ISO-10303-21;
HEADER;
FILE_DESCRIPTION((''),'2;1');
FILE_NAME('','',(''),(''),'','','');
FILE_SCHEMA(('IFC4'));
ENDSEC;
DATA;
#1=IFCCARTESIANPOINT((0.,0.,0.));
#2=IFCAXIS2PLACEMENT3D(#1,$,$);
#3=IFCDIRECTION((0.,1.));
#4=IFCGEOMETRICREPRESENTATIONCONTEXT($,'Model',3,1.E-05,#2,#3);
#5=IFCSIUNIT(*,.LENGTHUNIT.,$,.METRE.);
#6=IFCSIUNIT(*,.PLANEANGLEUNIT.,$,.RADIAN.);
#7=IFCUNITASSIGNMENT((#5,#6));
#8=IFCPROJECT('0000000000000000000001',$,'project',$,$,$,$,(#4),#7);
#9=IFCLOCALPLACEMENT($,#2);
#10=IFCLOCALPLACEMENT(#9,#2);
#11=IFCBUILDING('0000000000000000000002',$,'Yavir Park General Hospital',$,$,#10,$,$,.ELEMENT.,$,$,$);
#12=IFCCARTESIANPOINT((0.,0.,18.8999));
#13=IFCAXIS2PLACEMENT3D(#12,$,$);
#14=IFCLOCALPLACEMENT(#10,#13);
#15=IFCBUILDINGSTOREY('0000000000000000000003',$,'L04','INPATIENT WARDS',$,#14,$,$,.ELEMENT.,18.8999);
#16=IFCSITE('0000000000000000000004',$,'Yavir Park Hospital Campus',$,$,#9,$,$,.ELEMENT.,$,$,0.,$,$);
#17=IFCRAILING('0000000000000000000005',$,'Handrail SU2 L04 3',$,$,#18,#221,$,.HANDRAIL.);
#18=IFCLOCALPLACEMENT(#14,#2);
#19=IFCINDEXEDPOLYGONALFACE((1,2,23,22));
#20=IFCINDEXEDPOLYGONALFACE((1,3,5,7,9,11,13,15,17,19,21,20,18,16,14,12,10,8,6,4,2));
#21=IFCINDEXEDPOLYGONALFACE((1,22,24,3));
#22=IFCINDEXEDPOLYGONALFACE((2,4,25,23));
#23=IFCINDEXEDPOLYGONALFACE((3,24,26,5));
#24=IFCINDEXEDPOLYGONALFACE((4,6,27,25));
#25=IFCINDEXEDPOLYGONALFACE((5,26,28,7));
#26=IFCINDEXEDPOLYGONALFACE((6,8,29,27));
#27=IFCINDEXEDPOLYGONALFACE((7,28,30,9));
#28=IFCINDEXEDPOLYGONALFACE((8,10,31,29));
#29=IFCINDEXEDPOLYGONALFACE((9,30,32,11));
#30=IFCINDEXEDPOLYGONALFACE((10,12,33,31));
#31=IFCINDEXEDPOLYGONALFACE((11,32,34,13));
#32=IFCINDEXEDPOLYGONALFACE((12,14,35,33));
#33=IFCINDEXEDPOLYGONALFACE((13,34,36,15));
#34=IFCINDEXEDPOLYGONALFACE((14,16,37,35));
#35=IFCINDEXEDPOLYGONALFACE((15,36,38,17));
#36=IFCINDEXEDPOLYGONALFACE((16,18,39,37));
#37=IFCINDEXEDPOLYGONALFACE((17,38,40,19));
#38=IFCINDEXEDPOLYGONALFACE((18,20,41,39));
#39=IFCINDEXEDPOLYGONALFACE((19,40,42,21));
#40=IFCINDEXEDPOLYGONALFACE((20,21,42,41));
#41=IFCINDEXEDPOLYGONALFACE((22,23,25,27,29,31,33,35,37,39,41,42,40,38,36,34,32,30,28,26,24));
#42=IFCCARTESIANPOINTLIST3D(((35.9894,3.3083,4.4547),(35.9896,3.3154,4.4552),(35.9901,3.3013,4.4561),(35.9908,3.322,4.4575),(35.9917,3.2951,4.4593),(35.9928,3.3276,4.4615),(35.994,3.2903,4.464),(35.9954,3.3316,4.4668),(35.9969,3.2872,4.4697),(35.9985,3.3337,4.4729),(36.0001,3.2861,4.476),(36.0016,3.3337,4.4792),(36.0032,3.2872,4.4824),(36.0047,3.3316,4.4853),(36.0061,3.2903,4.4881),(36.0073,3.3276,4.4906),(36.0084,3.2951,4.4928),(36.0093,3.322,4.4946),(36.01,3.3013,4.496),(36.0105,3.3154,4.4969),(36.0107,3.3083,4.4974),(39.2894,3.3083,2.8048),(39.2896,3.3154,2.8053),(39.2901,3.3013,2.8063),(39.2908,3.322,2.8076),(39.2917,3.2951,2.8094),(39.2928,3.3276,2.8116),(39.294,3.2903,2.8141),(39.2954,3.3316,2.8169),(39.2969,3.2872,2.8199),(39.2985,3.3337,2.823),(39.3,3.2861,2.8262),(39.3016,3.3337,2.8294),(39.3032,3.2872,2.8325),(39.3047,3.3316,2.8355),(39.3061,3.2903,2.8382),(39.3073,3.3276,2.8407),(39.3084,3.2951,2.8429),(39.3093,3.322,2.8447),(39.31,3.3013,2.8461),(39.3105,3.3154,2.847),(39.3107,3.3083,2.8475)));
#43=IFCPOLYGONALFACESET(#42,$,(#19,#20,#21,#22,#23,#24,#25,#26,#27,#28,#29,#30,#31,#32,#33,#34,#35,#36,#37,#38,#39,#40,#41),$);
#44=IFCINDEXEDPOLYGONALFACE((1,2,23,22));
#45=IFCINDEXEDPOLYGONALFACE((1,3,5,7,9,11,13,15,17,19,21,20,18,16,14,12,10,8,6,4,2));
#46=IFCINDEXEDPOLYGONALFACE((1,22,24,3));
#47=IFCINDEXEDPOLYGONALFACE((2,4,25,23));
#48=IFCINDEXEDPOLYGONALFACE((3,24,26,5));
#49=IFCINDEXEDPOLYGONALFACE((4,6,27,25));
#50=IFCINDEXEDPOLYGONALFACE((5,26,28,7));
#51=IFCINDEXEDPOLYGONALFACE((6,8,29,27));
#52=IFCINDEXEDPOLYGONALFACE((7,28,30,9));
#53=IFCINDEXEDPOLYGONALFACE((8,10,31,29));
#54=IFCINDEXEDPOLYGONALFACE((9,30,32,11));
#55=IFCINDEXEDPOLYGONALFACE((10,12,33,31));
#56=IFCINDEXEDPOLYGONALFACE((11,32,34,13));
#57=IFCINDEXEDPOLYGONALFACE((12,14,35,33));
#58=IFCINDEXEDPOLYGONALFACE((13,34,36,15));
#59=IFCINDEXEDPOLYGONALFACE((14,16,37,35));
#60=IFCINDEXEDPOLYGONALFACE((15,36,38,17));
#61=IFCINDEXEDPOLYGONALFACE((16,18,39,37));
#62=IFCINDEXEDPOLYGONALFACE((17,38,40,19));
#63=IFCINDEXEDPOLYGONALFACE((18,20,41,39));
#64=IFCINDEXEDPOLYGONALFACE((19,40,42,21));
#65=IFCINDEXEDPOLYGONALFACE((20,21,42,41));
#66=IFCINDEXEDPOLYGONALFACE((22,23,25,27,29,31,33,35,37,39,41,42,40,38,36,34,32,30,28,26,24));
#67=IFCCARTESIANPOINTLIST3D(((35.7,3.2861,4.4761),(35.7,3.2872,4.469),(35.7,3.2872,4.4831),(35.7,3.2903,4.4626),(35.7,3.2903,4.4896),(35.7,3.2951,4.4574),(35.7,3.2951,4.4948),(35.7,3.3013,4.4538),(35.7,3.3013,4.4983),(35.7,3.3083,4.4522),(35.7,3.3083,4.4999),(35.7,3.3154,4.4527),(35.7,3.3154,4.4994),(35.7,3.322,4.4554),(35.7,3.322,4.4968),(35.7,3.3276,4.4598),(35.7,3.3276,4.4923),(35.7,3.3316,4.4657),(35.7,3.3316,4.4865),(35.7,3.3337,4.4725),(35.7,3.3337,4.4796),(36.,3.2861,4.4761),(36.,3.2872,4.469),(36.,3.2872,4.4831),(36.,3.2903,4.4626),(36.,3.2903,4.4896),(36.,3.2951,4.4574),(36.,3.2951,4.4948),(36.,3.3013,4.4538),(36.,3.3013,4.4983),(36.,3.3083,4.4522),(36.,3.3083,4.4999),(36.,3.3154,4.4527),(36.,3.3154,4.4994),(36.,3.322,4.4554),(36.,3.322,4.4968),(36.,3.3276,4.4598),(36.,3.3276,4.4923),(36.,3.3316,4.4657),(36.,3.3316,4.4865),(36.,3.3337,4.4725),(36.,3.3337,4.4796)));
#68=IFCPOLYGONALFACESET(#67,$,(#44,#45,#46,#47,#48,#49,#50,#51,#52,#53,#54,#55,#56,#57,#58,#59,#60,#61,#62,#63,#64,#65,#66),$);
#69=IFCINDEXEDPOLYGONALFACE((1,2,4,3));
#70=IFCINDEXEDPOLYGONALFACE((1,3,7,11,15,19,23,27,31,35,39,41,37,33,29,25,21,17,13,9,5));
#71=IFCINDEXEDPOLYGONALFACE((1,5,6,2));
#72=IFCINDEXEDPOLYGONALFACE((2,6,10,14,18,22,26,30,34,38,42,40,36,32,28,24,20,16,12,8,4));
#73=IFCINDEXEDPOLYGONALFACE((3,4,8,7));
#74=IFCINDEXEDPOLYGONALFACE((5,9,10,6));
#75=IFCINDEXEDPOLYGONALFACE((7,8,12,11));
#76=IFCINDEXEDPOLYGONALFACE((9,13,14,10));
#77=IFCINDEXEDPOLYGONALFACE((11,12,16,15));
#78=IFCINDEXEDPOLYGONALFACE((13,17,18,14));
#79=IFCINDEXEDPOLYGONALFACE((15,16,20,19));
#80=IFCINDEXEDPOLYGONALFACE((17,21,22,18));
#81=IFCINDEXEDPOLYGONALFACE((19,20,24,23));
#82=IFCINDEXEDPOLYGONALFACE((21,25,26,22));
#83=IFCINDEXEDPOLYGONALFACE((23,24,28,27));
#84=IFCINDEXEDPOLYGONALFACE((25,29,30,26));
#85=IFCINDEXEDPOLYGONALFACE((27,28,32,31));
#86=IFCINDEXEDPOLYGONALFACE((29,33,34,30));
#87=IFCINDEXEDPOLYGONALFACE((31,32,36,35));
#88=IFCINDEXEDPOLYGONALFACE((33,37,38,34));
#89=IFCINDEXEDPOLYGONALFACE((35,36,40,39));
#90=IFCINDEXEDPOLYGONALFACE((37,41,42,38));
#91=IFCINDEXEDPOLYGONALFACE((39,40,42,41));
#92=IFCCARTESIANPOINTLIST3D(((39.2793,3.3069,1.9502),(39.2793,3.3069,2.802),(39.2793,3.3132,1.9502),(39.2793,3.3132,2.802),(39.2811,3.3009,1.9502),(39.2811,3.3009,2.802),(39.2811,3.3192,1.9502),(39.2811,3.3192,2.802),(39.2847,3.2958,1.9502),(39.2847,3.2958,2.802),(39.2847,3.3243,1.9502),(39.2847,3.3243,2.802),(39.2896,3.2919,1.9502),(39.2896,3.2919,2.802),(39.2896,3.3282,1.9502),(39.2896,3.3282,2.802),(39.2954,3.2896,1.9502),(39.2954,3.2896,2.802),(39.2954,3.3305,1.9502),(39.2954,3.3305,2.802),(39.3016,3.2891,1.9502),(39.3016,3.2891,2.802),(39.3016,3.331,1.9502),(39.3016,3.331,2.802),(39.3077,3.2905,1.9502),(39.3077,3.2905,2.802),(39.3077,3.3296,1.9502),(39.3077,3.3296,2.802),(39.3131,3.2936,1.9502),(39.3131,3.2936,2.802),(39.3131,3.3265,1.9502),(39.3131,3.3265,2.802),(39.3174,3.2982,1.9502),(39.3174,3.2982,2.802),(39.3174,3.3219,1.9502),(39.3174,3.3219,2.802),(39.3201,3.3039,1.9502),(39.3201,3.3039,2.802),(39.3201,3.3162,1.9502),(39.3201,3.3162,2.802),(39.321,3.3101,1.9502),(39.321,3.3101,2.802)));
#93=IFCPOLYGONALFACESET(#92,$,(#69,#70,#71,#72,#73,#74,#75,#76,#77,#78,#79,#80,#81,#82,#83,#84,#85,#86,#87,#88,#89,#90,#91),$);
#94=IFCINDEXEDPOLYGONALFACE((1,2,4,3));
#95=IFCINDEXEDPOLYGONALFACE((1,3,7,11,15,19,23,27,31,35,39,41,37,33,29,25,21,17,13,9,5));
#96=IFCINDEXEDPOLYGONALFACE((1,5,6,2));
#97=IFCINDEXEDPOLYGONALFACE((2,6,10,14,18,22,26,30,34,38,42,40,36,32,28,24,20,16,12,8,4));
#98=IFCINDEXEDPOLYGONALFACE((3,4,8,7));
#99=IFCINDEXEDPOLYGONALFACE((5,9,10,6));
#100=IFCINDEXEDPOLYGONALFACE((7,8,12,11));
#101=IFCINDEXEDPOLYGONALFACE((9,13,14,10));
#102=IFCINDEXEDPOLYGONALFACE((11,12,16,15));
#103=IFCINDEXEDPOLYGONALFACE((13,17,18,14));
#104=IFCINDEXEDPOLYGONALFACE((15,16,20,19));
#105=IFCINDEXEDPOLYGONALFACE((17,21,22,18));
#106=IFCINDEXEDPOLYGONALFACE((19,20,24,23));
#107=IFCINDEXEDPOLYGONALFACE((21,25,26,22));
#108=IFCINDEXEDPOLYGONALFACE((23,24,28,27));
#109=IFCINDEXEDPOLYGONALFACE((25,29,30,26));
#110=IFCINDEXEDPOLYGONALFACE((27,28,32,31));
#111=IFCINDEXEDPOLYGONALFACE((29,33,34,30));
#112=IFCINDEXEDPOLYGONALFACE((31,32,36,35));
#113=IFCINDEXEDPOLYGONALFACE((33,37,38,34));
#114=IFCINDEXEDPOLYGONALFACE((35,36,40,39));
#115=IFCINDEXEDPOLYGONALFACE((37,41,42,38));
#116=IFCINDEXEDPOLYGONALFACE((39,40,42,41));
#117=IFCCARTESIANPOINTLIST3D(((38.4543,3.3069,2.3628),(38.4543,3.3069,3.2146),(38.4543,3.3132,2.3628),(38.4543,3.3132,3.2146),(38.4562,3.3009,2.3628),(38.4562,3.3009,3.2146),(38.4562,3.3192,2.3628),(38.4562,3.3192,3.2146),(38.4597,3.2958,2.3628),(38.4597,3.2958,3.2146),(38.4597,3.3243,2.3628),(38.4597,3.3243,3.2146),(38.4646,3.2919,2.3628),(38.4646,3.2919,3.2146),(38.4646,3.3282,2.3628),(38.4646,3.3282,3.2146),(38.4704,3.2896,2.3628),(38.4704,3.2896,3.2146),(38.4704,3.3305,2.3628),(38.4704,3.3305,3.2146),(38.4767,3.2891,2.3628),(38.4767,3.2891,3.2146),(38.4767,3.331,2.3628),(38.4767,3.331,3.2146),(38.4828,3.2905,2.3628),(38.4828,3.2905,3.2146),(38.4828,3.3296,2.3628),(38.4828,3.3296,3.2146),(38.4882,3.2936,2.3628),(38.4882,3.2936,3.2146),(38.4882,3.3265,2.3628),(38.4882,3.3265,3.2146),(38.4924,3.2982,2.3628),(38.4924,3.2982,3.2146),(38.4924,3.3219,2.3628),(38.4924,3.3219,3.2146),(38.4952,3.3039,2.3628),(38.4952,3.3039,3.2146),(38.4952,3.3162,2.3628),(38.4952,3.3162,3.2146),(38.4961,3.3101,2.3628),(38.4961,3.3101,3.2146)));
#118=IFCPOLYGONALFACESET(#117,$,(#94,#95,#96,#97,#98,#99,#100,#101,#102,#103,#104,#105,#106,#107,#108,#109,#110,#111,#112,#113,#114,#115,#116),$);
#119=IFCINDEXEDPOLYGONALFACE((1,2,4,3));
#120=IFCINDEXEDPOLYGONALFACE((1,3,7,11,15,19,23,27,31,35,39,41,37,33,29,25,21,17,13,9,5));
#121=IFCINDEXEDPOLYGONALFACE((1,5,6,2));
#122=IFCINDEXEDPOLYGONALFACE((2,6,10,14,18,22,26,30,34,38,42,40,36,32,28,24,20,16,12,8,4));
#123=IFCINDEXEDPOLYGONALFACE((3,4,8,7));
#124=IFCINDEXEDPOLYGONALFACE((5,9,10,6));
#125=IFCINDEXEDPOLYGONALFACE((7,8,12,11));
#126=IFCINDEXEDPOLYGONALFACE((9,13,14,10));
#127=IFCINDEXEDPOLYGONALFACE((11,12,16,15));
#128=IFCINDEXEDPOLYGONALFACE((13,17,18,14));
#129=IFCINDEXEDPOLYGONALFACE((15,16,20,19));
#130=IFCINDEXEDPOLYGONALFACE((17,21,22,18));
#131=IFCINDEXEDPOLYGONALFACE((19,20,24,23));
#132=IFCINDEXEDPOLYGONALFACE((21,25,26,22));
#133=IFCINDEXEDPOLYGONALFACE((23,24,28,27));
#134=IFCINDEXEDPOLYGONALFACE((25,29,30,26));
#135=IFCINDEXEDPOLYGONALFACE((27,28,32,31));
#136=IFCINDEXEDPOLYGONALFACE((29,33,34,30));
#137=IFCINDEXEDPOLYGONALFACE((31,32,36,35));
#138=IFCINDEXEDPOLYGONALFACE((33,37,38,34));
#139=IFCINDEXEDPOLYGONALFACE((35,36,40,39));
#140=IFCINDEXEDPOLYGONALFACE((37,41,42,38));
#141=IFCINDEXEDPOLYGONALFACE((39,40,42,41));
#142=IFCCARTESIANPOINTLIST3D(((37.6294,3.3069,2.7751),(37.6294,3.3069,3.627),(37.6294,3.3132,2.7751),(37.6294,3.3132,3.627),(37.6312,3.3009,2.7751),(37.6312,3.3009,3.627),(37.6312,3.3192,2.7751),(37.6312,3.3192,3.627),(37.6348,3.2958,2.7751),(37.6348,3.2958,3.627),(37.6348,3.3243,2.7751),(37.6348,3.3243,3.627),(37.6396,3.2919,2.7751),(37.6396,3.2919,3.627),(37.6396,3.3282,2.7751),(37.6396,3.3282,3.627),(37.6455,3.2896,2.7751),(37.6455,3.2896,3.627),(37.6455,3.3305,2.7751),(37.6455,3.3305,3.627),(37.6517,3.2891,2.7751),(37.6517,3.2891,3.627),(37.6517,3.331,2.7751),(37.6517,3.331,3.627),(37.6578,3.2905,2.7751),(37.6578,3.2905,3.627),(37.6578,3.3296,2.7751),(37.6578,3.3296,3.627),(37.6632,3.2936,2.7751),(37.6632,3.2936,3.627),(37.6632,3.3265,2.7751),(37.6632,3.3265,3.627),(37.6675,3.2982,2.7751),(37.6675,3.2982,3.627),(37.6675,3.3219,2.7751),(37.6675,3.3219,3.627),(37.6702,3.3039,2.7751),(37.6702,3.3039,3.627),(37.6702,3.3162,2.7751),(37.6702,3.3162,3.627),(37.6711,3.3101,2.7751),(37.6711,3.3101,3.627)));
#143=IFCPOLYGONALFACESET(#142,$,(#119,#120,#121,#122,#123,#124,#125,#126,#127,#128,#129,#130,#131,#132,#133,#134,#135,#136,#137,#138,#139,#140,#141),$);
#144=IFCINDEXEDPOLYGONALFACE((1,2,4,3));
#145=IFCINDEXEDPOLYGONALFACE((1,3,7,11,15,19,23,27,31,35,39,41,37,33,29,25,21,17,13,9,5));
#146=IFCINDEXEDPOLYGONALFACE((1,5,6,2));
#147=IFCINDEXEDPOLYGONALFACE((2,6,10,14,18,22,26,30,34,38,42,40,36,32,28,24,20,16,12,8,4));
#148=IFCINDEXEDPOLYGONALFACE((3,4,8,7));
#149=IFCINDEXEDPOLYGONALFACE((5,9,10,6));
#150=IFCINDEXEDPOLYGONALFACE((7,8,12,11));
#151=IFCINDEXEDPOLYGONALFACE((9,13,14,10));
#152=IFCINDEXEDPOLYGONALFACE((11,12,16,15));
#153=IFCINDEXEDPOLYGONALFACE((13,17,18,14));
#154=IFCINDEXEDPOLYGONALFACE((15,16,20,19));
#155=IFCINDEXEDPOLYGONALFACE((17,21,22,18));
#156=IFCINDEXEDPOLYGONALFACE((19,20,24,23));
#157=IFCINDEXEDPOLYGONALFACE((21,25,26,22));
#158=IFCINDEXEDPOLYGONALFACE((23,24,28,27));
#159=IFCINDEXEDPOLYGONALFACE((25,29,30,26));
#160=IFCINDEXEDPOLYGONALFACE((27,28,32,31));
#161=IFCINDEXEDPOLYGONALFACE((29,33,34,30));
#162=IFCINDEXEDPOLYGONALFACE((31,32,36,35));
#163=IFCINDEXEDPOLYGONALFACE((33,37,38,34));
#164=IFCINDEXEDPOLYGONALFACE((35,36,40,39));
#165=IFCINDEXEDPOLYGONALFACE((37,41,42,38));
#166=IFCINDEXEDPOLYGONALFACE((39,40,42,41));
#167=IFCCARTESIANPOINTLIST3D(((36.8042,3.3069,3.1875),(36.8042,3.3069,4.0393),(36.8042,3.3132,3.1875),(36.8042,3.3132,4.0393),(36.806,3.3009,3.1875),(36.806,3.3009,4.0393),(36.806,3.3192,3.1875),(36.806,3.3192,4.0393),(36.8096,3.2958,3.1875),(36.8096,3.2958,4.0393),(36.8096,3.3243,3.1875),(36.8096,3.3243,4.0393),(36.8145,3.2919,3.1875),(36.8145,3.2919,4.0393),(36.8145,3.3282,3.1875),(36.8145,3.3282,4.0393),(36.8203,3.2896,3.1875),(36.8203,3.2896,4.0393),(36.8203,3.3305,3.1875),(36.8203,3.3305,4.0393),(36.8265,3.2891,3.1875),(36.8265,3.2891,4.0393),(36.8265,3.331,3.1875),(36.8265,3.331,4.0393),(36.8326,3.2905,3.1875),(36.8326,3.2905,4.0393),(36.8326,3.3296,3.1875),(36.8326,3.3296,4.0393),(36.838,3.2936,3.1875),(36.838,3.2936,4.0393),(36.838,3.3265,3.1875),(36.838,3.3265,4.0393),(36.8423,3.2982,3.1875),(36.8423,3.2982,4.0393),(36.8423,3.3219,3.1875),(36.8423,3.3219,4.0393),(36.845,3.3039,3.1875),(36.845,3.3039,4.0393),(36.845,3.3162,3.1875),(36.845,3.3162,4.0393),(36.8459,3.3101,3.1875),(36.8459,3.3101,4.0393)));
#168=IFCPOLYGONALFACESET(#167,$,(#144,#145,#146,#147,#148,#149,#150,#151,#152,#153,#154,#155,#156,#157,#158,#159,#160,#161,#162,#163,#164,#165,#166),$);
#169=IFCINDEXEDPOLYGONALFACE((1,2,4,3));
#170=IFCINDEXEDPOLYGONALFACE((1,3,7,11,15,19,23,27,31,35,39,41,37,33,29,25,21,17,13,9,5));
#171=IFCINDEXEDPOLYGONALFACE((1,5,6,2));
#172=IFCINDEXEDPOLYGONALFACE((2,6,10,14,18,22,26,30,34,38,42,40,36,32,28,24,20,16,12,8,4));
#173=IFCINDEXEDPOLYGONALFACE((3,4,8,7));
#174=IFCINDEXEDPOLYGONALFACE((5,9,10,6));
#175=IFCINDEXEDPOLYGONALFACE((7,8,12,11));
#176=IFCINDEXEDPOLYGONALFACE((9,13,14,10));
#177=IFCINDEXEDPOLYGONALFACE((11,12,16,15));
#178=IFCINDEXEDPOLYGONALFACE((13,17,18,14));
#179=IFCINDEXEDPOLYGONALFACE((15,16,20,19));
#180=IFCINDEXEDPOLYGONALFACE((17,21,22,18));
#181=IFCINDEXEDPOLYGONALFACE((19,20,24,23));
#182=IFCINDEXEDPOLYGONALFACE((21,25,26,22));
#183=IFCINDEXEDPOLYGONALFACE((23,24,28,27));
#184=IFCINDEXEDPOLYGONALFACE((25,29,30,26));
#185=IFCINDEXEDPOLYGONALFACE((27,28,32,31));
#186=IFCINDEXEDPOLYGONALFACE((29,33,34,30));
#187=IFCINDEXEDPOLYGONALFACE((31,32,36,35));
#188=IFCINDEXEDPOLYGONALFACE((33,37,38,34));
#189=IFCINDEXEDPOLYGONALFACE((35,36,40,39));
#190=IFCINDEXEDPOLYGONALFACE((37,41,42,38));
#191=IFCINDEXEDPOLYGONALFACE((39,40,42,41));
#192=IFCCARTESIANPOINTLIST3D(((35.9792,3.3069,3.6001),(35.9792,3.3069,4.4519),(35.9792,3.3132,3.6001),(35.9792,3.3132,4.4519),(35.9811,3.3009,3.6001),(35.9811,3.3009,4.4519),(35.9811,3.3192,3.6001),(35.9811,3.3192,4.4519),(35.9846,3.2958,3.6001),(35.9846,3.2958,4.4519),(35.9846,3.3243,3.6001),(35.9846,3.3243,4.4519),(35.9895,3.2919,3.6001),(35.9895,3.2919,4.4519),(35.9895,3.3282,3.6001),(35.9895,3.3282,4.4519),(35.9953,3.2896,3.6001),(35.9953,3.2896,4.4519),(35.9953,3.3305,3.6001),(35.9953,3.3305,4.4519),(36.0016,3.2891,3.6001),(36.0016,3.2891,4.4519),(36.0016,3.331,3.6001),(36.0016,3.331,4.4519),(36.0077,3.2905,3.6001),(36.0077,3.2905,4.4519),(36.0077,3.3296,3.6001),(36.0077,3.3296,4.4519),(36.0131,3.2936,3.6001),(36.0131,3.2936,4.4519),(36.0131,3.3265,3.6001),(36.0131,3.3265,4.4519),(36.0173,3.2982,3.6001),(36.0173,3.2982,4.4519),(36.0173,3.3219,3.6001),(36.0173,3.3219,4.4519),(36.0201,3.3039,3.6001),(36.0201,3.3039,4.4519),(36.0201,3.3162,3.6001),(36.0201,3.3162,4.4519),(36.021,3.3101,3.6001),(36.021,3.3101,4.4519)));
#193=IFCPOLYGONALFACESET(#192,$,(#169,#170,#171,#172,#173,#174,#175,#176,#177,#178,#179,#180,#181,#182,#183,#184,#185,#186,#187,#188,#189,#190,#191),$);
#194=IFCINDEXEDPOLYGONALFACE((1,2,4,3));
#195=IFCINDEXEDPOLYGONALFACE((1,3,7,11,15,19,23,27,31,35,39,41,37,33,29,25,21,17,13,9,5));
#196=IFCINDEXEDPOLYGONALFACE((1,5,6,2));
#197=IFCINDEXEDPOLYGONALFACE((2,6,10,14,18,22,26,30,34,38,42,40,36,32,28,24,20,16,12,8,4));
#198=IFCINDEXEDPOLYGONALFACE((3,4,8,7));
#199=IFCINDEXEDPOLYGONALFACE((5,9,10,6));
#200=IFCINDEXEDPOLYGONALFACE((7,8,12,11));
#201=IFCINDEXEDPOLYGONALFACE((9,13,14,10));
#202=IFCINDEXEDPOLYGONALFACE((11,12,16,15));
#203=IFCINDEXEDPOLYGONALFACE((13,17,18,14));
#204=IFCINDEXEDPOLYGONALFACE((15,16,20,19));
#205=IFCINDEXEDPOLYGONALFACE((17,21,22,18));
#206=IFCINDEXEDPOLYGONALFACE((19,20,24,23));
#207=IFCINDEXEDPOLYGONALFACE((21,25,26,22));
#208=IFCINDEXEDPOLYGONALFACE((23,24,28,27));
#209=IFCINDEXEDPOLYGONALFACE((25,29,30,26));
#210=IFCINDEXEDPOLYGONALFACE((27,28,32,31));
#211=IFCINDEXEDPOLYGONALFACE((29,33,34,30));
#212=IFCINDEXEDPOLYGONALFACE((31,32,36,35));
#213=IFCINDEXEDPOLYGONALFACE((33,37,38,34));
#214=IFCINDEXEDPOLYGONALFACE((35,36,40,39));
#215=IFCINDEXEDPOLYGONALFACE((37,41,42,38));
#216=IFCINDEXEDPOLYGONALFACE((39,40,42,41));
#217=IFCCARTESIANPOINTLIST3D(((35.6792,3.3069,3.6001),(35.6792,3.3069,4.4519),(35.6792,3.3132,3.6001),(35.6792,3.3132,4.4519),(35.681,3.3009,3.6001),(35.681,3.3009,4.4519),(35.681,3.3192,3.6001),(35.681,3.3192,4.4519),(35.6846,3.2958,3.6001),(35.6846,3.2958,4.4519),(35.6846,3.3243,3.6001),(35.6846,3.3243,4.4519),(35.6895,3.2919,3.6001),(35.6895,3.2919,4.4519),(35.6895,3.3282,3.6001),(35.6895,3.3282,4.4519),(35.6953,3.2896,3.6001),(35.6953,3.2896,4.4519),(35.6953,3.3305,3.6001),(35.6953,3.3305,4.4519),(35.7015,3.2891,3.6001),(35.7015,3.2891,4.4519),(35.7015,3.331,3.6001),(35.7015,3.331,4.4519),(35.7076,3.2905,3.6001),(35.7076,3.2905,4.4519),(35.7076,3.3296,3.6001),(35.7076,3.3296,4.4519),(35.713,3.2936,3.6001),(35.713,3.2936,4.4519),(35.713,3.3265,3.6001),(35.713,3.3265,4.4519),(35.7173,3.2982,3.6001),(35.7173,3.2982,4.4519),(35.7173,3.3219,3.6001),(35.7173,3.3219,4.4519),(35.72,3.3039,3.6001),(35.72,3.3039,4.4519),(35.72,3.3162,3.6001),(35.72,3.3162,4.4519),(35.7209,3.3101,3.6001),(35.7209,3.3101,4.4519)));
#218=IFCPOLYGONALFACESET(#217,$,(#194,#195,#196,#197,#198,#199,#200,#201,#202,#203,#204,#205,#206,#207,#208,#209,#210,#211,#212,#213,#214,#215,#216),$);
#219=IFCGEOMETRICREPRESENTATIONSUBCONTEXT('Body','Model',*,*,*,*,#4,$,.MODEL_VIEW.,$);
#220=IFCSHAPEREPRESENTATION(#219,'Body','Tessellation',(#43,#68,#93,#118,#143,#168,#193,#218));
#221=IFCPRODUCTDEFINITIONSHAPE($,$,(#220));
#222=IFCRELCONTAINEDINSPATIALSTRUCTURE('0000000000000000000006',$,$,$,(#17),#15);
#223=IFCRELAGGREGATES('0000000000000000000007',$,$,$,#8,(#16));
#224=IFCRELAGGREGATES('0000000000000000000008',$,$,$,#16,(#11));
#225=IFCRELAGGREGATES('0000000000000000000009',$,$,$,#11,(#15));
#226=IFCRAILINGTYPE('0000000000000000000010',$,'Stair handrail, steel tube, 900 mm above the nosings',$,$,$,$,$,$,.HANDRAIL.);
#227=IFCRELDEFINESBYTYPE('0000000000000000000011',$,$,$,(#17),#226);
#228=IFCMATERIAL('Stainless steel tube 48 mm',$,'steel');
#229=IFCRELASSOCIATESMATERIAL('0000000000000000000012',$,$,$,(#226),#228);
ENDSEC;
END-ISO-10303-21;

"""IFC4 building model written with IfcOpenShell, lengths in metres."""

from ifc_helpers import new_model, si_unit, direction, frame, origin, origin_2d, place, context, subcontext, project, spatial, circle, extrude, material, type_object, element, save


model = new_model("IFC4")

# Units and contexts
model_context = context("Model", 3, precision=1e-05, world=origin(), true_north=direction((0.0, 1.0)))
body_context = subcontext(model_context, "Body", "Model", "MODEL_VIEW")
ifc_project = project(units=[si_unit("LENGTHUNIT", "METRE"), si_unit("PLANEANGLEUNIT", "RADIAN")], contexts=[model_context])

# Site, building, storey
site_placement = place(None, origin())
site = spatial("IfcSite", under=ifc_project, at=site_placement, Name="Yavir Park Hospital Campus", CompositionType="ELEMENT", RefElevation=0.0)
building_placement = place(site_placement, origin())
building = spatial("IfcBuilding", under=site, at=building_placement, Name="Yavir Park General Hospital", CompositionType="ELEMENT")
storey_placement = place(building_placement, frame((0.0, 0.0, 18.8999)))
storey = spatial("IfcBuildingStorey", under=building, at=storey_placement, Name="L04", Description="INPATIENT WARDS", CompositionType="ELEMENT", Elevation=18.8999)

# Railing
ifc_material_1 = material(Name="Stainless steel tube 48 mm", Category="steel")
railing_type = type_object("IfcRailingType", Name="Stair handrail, steel tube, 900 mm above the nosings", PredefinedType="HANDRAIL", material=ifc_material_1)
railing_placement = place(storey_placement, frame((39.3, 3.3101, 1.9502)))
element("IfcRailing", 1, at=railing_placement, inside=storey, type_object=railing_type, Name="Handrail SU2 L04 3", PredefinedType="HANDRAIL", context=body_context, shape_type="SweptSolid", body=[
    extrude(circle(Radius=0.0239, at=origin_2d()), frame((0.0, 0.0, 0.876), z_axis=(-0.89444, 0.0, 0.447187), x_axis=(0.0, -1.0, 0.0)), (0.0, 0.0, 1.0), 3.6895),
    extrude(circle(Radius=0.0239, at=origin_2d()), frame((-3.3, 0.0, 2.5259), z_axis=(-1.0, 0.0, 0.0), x_axis=(0.0, -1.0, 0.0)), (0.0, 0.0, 1.0), 0.3),
    extrude(circle(Radius=0.021, at=origin_2d()), origin(), (0.0, 0.0, 1.0), 0.8518),
    extrude(circle(Radius=0.021, at=origin_2d()), frame((-0.825, 0.0, 0.4126)), (0.0, 0.0, 1.0), 0.8518),
    extrude(circle(Radius=0.021, at=origin_2d()), frame((-1.6499, 0.0, 0.825)), (0.0, 0.0, 1.0), 0.8518),
    extrude(circle(Radius=0.021, at=origin_2d()), frame((-2.4751, 0.0, 1.2373)), (0.0, 0.0, 1.0), 0.8518),
    extrude(circle(Radius=0.021, at=origin_2d()), frame((-3.3, 0.0, 1.6499)), (0.0, 0.0, 1.0), 0.8518),
    extrude(circle(Radius=0.021, at=origin_2d()), frame((-3.6001, 0.0, 1.6499)), (0.0, 0.0, 1.0), 0.8518),
])

save(model, "model.ifc")
